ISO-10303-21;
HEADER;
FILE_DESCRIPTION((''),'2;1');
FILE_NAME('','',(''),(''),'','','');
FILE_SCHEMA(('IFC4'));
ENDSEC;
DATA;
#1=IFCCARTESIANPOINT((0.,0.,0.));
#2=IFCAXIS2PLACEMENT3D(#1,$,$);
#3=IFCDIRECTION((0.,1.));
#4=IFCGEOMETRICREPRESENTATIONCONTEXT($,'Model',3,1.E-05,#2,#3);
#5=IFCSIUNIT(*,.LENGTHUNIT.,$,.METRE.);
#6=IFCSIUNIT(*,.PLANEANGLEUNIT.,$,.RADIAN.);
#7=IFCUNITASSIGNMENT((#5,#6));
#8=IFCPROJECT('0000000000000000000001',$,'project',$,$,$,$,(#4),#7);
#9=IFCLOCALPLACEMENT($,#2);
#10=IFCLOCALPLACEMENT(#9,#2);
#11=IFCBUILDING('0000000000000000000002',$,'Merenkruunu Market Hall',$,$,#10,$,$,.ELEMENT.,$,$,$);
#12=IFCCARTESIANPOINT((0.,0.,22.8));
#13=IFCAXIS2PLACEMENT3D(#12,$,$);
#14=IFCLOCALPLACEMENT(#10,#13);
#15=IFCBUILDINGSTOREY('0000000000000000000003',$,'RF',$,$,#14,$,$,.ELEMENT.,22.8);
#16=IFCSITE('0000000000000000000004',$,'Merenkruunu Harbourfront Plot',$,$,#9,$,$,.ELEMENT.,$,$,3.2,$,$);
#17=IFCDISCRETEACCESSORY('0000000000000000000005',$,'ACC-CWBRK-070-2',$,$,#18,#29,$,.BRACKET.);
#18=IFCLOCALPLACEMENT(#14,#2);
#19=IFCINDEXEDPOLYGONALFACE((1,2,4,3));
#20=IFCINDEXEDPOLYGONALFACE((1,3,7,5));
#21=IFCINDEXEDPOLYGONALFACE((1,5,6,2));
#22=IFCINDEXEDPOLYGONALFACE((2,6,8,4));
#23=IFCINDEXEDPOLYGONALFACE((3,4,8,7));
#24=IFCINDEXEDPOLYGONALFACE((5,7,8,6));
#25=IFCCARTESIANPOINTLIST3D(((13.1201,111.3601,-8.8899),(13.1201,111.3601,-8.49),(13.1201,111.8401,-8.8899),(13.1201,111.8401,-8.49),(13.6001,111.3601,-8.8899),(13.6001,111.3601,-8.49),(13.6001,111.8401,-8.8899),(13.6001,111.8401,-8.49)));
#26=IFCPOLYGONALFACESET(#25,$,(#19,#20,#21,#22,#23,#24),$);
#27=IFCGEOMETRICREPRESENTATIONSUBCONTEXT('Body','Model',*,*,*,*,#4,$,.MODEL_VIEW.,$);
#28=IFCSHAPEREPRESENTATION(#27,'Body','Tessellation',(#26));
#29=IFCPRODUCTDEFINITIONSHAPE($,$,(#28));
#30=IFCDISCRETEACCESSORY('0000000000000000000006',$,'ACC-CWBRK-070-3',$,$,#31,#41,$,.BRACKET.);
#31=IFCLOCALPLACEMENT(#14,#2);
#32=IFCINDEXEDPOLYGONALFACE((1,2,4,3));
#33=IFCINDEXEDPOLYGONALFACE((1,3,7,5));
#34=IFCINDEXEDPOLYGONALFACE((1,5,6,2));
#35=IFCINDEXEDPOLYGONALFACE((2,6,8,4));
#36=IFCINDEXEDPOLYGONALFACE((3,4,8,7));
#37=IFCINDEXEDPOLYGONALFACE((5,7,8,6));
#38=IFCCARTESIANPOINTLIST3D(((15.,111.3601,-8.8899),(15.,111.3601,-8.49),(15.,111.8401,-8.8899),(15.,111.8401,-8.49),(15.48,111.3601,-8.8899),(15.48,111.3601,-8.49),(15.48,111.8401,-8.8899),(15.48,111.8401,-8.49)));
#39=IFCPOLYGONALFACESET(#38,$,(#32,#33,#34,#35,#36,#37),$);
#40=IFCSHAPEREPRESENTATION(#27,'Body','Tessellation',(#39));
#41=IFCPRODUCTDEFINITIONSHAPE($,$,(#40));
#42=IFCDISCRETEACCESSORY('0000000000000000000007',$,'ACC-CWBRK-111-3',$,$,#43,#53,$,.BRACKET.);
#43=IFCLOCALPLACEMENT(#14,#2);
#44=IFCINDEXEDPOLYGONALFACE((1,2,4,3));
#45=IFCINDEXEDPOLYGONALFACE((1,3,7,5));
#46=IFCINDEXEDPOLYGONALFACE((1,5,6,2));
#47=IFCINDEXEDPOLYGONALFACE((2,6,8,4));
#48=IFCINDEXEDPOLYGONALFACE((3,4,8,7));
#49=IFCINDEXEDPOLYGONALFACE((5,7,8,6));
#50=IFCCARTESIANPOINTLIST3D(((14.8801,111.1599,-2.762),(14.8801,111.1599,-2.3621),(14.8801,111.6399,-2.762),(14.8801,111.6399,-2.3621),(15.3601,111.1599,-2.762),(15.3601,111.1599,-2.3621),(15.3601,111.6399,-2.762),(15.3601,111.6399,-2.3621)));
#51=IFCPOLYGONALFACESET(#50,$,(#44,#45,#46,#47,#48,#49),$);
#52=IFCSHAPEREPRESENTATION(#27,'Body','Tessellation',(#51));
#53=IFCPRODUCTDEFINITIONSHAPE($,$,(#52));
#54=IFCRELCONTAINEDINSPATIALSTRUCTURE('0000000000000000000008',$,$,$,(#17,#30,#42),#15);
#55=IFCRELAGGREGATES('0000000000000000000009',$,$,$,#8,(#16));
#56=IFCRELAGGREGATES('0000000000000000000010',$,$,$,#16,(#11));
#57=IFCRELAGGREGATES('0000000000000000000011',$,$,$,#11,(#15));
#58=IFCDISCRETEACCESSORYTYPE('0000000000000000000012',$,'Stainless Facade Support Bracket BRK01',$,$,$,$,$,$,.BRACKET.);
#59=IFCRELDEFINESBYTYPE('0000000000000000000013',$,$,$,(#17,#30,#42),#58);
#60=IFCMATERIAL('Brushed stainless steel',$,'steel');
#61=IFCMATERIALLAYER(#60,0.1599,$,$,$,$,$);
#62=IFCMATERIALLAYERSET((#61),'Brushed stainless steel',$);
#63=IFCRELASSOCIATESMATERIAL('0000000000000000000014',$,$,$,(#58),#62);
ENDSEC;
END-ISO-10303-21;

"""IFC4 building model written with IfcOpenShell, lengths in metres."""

from ifc_helpers import new_model, si_unit, direction, frame, origin, origin_2d, place, context, subcontext, project, spatial, rectangle, extrude, material, layer, layer_set, type_object, element, save


model = new_model("IFC4")

# Units and contexts
model_context = context("Model", 3, precision=1e-05, world=origin(), true_north=direction((0.0, 1.0)))
body_context = subcontext(model_context, "Body", "Model", "MODEL_VIEW")
ifc_project = project(units=[si_unit("LENGTHUNIT", "METRE"), si_unit("PLANEANGLEUNIT", "RADIAN")], contexts=[model_context])

# Site, building, storey
site_placement = place(None, origin())
site = spatial("IfcSite", under=ifc_project, at=site_placement, Name="Merenkruunu Harbourfront Plot", CompositionType="ELEMENT", RefElevation=3.2)
building_placement = place(site_placement, origin())
building = spatial("IfcBuilding", under=site, at=building_placement, Name="Merenkruunu Market Hall", CompositionType="ELEMENT")
storey_placement = place(building_placement, frame((0.0, 0.0, 22.8)))
storey = spatial("IfcBuildingStorey", under=building, at=storey_placement, Name="RF", CompositionType="ELEMENT", Elevation=22.8)

# Discrete accessories
ifc_material_1 = material(Name="Brushed stainless steel", Category="steel")
ifc_layer_1 = layer(ifc_material_1, 0.1599)
ifc_layer_set_1 = layer_set([ifc_layer_1], Name="Brushed stainless steel")
discrete_accessory_type = type_object("IfcDiscreteAccessoryType", Name="Stainless Facade Support Bracket BRK01", PredefinedType="BRACKET", material=ifc_layer_set_1)
for number, where, z_axis, x_axis, name in (
    (1, (13.3601, 111.6001, -8.8899), (0.0, 0.0, 1.0), (1.0, 0.0, 0.0), "ACC-CWBRK-070-2"),
    (2, (15.24, 111.6001, -8.8899), (0.0, 0.0, 1.0), (1.0, 0.0, 0.0), "ACC-CWBRK-070-3"),
    (3, (15.1201, 111.3999, -2.762), (0.0, 0.0, 1.0), (1.0, 0.0, 0.0), "ACC-CWBRK-111-3"),
):
    element("IfcDiscreteAccessory", number, at=place(storey_placement, frame(where, z_axis=z_axis, x_axis=x_axis)), inside=storey, type_object=discrete_accessory_type, Name=name, PredefinedType="BRACKET", context=body_context, shape_type="SweptSolid", body=[
        extrude(rectangle(XDim=0.48, YDim=0.48, at=origin_2d()), origin(), (0.0, 0.0, 1.0), 0.3999),
    ])

save(model, "model.ifc")
